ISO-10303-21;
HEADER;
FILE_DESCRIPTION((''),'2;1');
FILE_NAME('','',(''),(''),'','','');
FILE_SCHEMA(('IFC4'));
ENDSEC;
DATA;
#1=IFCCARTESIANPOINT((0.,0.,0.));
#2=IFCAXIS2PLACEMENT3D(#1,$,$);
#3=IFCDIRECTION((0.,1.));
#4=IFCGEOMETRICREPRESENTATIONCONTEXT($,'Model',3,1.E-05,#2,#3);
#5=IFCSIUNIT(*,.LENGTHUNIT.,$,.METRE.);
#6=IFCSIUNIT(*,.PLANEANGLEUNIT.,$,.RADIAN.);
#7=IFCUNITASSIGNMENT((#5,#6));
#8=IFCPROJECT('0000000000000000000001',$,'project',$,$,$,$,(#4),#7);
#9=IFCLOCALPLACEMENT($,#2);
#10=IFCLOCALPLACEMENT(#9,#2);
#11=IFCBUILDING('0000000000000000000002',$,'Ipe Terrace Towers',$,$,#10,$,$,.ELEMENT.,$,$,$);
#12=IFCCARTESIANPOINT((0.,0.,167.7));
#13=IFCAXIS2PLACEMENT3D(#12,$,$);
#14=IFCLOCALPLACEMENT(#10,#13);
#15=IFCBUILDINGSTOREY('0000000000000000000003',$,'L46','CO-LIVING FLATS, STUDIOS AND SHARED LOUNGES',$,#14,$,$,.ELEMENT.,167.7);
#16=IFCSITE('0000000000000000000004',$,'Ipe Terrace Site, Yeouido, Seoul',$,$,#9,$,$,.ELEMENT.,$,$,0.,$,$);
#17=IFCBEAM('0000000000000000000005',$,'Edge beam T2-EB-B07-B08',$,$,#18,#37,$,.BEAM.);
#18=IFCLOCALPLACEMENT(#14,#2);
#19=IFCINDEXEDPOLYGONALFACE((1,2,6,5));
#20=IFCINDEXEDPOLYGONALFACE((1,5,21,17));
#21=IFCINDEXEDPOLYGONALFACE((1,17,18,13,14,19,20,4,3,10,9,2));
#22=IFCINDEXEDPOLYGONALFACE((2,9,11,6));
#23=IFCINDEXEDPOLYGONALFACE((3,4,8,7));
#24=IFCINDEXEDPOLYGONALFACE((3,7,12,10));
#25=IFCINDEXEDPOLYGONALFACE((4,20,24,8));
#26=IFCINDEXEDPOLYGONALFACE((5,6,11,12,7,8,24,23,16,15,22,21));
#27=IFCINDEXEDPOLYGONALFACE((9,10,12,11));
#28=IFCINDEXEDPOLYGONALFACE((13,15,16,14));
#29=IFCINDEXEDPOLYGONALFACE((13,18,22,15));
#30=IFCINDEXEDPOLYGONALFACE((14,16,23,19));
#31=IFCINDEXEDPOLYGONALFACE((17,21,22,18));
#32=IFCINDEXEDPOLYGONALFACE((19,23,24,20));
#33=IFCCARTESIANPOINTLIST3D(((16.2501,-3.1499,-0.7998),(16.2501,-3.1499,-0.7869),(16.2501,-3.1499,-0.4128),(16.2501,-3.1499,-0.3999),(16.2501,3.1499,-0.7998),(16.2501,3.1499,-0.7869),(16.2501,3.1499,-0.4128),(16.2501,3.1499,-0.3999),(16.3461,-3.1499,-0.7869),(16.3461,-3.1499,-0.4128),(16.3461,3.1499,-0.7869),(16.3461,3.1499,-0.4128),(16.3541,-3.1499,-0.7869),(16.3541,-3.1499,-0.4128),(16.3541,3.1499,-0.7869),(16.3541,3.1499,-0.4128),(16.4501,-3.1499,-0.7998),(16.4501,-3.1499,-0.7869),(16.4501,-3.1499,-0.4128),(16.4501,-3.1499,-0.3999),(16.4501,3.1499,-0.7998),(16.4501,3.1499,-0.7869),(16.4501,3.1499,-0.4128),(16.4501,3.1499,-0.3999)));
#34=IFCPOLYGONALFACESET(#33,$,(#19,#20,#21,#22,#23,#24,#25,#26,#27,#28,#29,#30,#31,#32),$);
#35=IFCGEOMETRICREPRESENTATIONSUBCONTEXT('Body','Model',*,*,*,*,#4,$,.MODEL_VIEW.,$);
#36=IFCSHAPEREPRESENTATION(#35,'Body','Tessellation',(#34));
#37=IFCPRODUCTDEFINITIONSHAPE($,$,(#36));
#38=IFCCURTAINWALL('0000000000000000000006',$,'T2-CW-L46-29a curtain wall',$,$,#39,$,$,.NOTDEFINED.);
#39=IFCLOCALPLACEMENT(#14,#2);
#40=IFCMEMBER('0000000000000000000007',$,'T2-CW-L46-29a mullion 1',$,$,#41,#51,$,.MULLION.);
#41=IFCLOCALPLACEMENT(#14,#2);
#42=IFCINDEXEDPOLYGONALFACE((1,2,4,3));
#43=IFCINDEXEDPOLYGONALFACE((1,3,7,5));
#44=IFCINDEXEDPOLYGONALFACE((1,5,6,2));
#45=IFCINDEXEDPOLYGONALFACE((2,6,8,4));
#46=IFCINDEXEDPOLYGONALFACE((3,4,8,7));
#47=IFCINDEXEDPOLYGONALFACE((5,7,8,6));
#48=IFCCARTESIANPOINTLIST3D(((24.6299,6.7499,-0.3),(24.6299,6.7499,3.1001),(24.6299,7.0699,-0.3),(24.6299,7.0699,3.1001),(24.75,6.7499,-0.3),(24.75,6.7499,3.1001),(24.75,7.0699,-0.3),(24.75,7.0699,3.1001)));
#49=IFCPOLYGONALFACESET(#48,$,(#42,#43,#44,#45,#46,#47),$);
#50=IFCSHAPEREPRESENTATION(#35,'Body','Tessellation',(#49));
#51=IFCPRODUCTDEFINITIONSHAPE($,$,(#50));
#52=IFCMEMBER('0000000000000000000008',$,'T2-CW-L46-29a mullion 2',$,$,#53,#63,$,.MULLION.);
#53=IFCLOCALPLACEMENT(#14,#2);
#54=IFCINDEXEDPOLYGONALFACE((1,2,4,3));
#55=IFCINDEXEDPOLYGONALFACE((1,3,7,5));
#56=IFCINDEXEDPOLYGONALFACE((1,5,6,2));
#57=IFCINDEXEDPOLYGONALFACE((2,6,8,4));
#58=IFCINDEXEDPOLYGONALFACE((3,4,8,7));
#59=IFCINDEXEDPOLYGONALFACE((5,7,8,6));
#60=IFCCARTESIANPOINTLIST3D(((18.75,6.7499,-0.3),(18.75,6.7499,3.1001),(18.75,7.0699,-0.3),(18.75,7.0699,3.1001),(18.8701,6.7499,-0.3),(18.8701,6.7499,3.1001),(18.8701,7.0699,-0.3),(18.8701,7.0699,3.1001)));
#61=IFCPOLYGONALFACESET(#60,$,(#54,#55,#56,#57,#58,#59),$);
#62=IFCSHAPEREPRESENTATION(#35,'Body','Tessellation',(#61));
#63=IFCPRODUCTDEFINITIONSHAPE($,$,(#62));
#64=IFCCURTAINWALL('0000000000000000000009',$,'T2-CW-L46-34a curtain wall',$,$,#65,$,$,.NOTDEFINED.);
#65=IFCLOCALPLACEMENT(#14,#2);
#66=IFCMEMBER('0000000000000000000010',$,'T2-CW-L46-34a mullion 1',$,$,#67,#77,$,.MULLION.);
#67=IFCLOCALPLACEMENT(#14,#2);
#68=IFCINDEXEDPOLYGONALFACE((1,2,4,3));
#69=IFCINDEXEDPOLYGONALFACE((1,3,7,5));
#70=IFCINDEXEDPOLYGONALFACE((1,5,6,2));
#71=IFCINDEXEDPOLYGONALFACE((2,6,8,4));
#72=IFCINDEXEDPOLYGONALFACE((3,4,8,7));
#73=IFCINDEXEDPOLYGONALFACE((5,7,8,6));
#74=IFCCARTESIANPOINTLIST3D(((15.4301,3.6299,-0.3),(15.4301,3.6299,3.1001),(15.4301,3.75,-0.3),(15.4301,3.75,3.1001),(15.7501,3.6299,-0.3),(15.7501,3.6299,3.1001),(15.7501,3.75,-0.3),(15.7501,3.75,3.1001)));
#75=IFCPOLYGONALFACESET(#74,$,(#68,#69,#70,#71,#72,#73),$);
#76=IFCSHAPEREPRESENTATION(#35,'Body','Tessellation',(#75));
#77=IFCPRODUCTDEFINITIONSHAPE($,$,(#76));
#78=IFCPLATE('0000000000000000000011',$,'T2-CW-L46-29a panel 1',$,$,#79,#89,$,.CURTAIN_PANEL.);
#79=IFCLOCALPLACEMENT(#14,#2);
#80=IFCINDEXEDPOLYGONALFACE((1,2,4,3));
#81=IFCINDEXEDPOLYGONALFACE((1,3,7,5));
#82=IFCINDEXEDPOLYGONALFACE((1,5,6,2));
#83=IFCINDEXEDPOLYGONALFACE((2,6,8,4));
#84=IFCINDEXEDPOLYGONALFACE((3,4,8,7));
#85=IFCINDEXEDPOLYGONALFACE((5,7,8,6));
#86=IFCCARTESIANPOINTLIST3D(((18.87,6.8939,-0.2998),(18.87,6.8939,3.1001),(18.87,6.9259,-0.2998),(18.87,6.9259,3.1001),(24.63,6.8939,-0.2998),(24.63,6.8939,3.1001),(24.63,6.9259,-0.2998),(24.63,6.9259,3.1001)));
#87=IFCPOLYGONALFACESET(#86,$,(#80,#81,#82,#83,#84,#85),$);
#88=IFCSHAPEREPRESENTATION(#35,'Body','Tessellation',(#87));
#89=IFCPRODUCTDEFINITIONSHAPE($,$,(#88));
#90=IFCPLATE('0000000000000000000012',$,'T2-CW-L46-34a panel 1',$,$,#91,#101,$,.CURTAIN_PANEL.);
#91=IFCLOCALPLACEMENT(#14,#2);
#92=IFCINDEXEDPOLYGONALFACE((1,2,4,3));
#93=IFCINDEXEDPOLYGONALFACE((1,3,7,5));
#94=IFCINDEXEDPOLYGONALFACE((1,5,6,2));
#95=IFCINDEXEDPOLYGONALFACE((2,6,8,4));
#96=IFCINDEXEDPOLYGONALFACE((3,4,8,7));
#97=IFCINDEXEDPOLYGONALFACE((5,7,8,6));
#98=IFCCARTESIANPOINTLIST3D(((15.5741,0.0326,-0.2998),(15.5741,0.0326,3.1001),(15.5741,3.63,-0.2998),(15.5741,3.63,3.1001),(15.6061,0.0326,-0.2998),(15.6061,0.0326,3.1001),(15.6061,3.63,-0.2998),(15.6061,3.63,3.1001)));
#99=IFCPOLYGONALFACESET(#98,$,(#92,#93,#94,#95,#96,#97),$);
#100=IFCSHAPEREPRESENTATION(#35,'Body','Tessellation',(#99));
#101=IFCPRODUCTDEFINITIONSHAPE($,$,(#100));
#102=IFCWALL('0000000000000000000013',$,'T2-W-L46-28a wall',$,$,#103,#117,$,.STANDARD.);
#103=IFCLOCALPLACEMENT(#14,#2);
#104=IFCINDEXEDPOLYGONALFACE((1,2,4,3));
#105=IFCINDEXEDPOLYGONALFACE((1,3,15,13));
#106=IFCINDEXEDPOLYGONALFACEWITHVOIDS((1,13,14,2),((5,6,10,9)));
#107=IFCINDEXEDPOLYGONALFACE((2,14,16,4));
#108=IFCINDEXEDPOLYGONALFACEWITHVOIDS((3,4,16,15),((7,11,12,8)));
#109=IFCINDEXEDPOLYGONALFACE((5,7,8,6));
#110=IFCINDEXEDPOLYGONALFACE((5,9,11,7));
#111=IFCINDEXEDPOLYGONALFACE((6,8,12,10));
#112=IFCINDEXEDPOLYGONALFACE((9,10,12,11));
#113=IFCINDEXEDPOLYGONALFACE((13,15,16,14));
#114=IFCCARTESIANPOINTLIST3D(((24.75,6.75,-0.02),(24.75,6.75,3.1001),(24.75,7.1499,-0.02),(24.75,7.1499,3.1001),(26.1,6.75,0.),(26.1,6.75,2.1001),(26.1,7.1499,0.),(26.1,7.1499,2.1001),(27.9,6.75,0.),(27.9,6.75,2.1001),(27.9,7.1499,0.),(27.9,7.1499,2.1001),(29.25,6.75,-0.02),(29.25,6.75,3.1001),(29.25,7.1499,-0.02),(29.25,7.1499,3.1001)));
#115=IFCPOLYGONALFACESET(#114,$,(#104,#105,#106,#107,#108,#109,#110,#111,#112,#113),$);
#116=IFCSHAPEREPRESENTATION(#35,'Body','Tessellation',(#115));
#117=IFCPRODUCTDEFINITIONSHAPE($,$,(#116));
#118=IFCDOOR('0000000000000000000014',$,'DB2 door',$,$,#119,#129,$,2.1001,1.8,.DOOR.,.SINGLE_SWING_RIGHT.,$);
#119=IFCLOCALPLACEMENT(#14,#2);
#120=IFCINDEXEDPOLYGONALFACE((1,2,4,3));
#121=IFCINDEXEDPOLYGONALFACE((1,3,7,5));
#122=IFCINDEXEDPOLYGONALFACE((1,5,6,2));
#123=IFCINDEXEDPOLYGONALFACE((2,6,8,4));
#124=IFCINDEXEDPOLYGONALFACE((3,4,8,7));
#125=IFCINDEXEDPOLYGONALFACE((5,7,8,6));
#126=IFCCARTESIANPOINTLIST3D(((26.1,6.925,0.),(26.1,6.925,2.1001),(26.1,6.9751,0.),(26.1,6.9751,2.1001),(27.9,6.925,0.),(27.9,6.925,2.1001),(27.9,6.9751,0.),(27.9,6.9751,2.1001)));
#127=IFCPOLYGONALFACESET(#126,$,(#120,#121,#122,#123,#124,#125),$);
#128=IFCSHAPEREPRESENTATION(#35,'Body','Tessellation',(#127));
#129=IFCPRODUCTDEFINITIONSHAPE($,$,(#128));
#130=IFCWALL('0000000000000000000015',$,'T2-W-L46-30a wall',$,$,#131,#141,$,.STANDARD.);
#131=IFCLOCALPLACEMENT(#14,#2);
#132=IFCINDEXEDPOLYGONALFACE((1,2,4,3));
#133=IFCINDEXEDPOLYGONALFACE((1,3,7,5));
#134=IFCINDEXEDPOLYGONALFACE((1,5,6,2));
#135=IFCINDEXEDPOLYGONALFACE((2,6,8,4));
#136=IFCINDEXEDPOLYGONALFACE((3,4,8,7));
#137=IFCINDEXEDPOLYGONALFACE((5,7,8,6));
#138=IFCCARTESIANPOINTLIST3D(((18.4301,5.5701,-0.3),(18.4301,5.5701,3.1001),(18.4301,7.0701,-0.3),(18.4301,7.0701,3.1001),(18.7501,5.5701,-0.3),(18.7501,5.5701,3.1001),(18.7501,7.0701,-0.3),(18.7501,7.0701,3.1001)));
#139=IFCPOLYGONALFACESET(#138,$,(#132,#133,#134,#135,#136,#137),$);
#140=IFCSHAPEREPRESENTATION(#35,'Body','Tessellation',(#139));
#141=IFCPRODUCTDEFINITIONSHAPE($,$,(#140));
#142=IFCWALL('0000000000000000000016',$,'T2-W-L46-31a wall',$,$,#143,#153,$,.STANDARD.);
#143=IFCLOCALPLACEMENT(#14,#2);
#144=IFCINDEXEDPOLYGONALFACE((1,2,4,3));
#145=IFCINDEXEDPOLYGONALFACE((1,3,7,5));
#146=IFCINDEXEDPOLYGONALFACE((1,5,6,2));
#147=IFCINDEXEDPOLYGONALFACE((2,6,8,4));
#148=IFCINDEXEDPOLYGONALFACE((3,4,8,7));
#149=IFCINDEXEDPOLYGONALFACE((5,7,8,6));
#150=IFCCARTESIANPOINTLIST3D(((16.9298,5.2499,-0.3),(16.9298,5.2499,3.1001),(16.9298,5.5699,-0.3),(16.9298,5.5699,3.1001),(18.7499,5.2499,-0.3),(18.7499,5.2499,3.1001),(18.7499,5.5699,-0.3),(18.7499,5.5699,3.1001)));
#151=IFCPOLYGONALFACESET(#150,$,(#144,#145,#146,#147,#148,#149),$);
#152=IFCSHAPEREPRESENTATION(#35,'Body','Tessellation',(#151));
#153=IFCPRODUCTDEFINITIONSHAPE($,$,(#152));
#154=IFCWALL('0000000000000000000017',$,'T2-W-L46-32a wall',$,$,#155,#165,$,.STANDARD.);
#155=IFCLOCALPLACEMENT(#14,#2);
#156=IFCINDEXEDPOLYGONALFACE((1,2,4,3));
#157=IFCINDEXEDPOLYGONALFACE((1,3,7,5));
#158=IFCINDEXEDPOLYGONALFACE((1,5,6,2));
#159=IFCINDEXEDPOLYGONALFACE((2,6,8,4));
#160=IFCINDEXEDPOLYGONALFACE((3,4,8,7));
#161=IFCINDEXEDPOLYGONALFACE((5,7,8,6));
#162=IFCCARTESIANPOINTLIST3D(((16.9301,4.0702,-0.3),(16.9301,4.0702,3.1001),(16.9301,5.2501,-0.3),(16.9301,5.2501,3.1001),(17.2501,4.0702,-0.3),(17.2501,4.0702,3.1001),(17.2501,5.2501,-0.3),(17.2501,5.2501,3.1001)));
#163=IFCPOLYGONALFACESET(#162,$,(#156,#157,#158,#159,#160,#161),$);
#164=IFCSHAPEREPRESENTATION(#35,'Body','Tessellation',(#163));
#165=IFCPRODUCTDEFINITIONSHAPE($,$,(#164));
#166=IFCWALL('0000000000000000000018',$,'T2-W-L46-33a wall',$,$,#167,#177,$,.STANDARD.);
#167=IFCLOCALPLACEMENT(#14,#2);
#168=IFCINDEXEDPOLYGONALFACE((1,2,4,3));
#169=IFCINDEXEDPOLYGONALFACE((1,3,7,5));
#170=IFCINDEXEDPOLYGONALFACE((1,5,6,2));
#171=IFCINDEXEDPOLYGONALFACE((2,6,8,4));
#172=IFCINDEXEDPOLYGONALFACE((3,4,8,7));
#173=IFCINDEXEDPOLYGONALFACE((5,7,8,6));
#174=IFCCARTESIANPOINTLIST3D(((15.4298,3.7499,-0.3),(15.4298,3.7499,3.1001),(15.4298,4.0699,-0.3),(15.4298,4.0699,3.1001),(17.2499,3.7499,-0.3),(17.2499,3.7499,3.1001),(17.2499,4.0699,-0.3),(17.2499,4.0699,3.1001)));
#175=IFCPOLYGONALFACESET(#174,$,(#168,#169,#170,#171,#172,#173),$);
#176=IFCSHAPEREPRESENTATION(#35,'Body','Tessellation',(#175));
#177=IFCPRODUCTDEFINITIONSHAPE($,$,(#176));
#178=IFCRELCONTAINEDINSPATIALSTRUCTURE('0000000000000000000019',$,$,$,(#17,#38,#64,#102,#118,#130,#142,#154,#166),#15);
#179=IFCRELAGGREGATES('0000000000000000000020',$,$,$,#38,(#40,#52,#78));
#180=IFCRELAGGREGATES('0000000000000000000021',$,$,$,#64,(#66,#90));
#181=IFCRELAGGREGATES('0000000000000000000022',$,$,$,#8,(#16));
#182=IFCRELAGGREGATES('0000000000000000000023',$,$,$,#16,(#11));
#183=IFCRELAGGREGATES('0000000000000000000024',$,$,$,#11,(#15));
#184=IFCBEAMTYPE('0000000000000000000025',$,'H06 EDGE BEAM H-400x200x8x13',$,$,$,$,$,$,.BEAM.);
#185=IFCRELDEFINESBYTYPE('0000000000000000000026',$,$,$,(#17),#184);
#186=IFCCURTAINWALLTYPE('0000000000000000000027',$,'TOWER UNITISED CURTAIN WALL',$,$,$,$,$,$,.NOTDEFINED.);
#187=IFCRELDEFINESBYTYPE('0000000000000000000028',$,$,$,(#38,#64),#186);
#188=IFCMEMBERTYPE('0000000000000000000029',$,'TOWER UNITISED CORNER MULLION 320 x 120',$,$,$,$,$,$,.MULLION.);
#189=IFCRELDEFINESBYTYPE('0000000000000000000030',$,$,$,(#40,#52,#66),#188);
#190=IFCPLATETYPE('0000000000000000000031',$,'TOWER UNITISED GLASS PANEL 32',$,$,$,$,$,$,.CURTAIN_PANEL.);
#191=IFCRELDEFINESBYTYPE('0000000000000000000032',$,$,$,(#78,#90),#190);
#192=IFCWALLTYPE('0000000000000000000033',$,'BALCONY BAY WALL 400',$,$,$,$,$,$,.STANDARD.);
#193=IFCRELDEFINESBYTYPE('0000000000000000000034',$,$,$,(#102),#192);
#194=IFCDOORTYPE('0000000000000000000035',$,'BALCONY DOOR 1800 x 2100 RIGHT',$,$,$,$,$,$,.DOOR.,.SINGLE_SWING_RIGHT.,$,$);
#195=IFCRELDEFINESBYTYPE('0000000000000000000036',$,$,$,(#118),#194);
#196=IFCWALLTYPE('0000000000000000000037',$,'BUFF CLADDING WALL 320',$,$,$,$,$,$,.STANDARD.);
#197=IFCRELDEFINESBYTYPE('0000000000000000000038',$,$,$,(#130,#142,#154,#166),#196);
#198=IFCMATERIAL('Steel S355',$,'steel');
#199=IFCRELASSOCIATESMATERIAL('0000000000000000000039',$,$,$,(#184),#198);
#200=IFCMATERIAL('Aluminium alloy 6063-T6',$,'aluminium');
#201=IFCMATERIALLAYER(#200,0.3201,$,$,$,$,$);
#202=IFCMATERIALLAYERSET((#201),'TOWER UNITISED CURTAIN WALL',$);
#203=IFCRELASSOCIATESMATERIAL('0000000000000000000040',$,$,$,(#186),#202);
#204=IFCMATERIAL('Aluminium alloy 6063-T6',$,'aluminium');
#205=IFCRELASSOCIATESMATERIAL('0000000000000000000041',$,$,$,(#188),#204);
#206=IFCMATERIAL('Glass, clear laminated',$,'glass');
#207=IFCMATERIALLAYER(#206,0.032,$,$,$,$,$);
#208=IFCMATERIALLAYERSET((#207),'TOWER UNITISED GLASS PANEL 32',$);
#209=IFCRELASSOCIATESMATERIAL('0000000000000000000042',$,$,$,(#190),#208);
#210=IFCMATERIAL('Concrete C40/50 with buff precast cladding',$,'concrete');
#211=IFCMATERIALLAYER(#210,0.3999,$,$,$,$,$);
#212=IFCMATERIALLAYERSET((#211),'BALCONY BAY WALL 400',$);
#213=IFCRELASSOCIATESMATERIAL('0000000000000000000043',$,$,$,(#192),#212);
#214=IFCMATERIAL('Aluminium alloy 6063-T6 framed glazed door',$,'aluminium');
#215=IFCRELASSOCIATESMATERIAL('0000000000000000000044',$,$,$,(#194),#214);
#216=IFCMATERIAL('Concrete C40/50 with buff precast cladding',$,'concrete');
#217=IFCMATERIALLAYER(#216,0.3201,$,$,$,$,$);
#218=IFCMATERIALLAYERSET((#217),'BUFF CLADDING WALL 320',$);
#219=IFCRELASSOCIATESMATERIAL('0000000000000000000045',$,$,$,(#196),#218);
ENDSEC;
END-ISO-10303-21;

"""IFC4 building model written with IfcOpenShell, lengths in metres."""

from ifc_helpers import new_model, si_unit, direction, frame, frame_2d, origin, origin_2d, place, context, subcontext, project, spatial, rectangle, i_section, extrude, material, layer, layer_set, material_profile, profile_set, type_object, element, fill, aggregate, save


model = new_model("IFC4")

# Units and contexts
model_context = context("Model", 3, precision=1e-05, world=origin(), true_north=direction((0.0, 1.0)))
body_context = subcontext(model_context, "Body", "Model", "MODEL_VIEW")
ifc_project = project(units=[si_unit("LENGTHUNIT", "METRE"), si_unit("PLANEANGLEUNIT", "RADIAN")], contexts=[model_context])

# Site, building, storey
site_placement = place(None, origin())
site = spatial("IfcSite", under=ifc_project, at=site_placement, Name="Ipe Terrace Site, Yeouido, Seoul", CompositionType="ELEMENT", RefElevation=0.0)
building_placement = place(site_placement, origin())
building = spatial("IfcBuilding", under=site, at=building_placement, Name="Ipe Terrace Towers", CompositionType="ELEMENT")
storey_placement = place(building_placement, frame((0.0, 0.0, 167.7)))
storey = spatial("IfcBuildingStorey", under=building, at=storey_placement, Name="L46", Description="CO-LIVING FLATS, STUDIOS AND SHARED LOUNGES", CompositionType="ELEMENT", Elevation=167.7)

# Beam
ifc_material_1 = material(Name="Steel S355", Category="steel")
ifc_material_profile_1 = material_profile(ifc_material_1, i_section(OverallWidth=0.2, OverallDepth=0.3999, WebThickness=0.0081, FlangeThickness=0.0129, at=origin_2d()), Name="H-400x200x8x13")
ifc_profile_set_1 = profile_set([ifc_material_profile_1], Name="Steel S355")
beam_type_1 = type_object("IfcBeamType", Name="H06 EDGE BEAM H-400x200x8x13", PredefinedType="BEAM", material=ifc_profile_set_1)
beam_1_placement = place(storey_placement, frame((16.3501, 3.1499, -0.5999), z_axis=(0.0, -1.0, 0.0), x_axis=(1.0, 0.0, 0.0)))
element("IfcBeam", 1, at=beam_1_placement, inside=storey, type_object=beam_type_1, Name="Edge beam T2-EB-B07-B08", PredefinedType="BEAM", context=body_context, shape_type="SweptSolid", body=[
    extrude(i_section(OverallWidth=0.2, OverallDepth=0.3999, WebThickness=0.0081, FlangeThickness=0.0129, at=origin_2d()), origin(), (0.0, 0.0, 1.0), 6.2998),
])

# Curtain wall, members
ifc_material_2 = material(Name="Aluminium alloy 6063-T6", Category="aluminium")
ifc_layer_1 = layer(ifc_material_2, 0.3201)
ifc_layer_set_1 = layer_set([ifc_layer_1], Name="TOWER UNITISED CURTAIN WALL")
curtain_wall_type = type_object("IfcCurtainWallType", Name="TOWER UNITISED CURTAIN WALL", PredefinedType="NOTDEFINED", material=ifc_layer_set_1)
curtain_wall_1_placement = place(storey_placement, origin())
curtain_wall_1 = element("IfcCurtainWall", 2, at=curtain_wall_1_placement, inside=storey, type_object=curtain_wall_type, Name="T2-CW-L46-29a curtain wall", PredefinedType="NOTDEFINED")
ifc_material_3 = material(Name="Aluminium alloy 6063-T6", Category="aluminium")
ifc_material_profile_2 = material_profile(ifc_material_3, rectangle(XDim=0.3201, YDim=0.1201, at=origin_2d()), Name="TOWER UNITISED CORNER MULLION 320 x 120")
ifc_profile_set_2 = profile_set([ifc_material_profile_2], Name="Aluminium alloy 6063-T6")
member_type = type_object("IfcMemberType", Name="TOWER UNITISED CORNER MULLION 320 x 120", PredefinedType="MULLION", material=ifc_profile_set_2)
member_1_placement = place(storey_placement, frame((24.6899, 6.9099, -0.3), z_axis=(0.0, 0.0, 1.0), x_axis=(0.0, 1.0, 0.0)))
member_1 = element("IfcMember", 3, at=member_1_placement, type_object=member_type, Name="T2-CW-L46-29a mullion 1", PredefinedType="MULLION", context=body_context, shape_type="SweptSolid", body=[
    extrude(rectangle(XDim=0.3201, YDim=0.1201, at=origin_2d()), origin(), (0.0, 0.0, 1.0), 3.4001),
])
member_2_placement = place(storey_placement, frame((18.8101, 6.9099, -0.3), z_axis=(0.0, 0.0, 1.0), x_axis=(0.0, 1.0, 0.0)))
member_2 = element("IfcMember", 4, at=member_2_placement, type_object=member_type, Name="T2-CW-L46-29a mullion 2", PredefinedType="MULLION", context=body_context, shape_type="SweptSolid", body=[
    extrude(rectangle(XDim=0.3201, YDim=0.1201, at=origin_2d()), origin(), (0.0, 0.0, 1.0), 3.4001),
])

# Curtain wall, member
curtain_wall_2_placement = place(storey_placement, origin())
curtain_wall_2 = element("IfcCurtainWall", 5, at=curtain_wall_2_placement, inside=storey, type_object=curtain_wall_type, Name="T2-CW-L46-34a curtain wall", PredefinedType="NOTDEFINED")
member_3_placement = place(storey_placement, frame((15.5901, 3.6899, -0.3), z_axis=(0.0, 0.0, 1.0), x_axis=(-1.0, 0.0, 0.0)))
member_3 = element("IfcMember", 6, at=member_3_placement, type_object=member_type, Name="T2-CW-L46-34a mullion 1", PredefinedType="MULLION", context=body_context, shape_type="SweptSolid", body=[
    extrude(rectangle(XDim=0.3201, YDim=0.1201, at=origin_2d()), origin(), (0.0, 0.0, 1.0), 3.4001),
])

# Plates
ifc_material_4 = material(Name="Glass, clear laminated", Category="glass")
ifc_layer_2 = layer(ifc_material_4, 0.032)
ifc_layer_set_2 = layer_set([ifc_layer_2], Name="TOWER UNITISED GLASS PANEL 32")
plate_type = type_object("IfcPlateType", Name="TOWER UNITISED GLASS PANEL 32", PredefinedType="CURTAIN_PANEL", material=ifc_layer_set_2)
plate_1_placement = place(storey_placement, frame((21.75, 6.9099, -0.2998), z_axis=(0.0, 0.0, 1.0), x_axis=(-1.0, 0.0, 0.0)))
plate_1 = element("IfcPlate", 7, at=plate_1_placement, type_object=plate_type, Name="T2-CW-L46-29a panel 1", PredefinedType="CURTAIN_PANEL", context=body_context, shape_type="SweptSolid", body=[
    extrude(rectangle(XDim=5.76, YDim=0.032, at=origin_2d()), origin(), (0.0, 0.0, 1.0), 3.3999),
])
aggregate(curtain_wall_1, [member_1, member_2, plate_1])
plate_2_placement = place(storey_placement, frame((15.5901, 1.8313, -0.2998), z_axis=(0.0, 0.0, 1.0), x_axis=(0.0, -1.0, 0.0)))
plate_2 = element("IfcPlate", 8, at=plate_2_placement, type_object=plate_type, Name="T2-CW-L46-34a panel 1", PredefinedType="CURTAIN_PANEL", context=body_context, shape_type="SweptSolid", body=[
    extrude(rectangle(XDim=3.5974, YDim=0.032, at=origin_2d()), origin(), (0.0, 0.0, 1.0), 3.3999),
])
aggregate(curtain_wall_2, [member_3, plate_2])

# Wall, opening, door
ifc_material_5 = material(Name="Concrete C40/50 with buff precast cladding", Category="concrete")
ifc_layer_3 = layer(ifc_material_5, 0.3999)
ifc_layer_set_3 = layer_set([ifc_layer_3], Name="BALCONY BAY WALL 400")
wall_type_1 = type_object("IfcWallType", Name="BALCONY BAY WALL 400", PredefinedType="STANDARD", material=ifc_layer_set_3)
wall_1_placement = place(storey_placement, frame((29.25, 6.95, -0.02), z_axis=(0.0, 0.0, 1.0), x_axis=(-1.0, 0.0, 0.0)))
wall_1 = element("IfcWall", 9, at=wall_1_placement, inside=storey, type_object=wall_type_1, Name="T2-W-L46-28a wall", PredefinedType="STANDARD", context=body_context, shape_type="SweptSolid", body=[
    extrude(rectangle(XDim=4.5, YDim=0.3999, at=frame_2d((2.25, 0.0))), origin(), (0.0, 0.0, 1.0), 3.1201),
])
opening_1_placement = place(wall_1_placement, frame((1.3501, 0.0, 0.02)))
opening_1 = element("IfcOpeningElement", 10, at=opening_1_placement, cuts=wall_1, PredefinedType="OPENING", context=body_context, shape_type="SweptSolid", body=[
    extrude(rectangle(XDim=1.8, YDim=2.1001, at=frame_2d((0.8999, 1.05))), frame((0.0, 0.21, 0.0), z_axis=(0.0, -1.0, 0.0), x_axis=(1.0, 0.0, 0.0)), (0.0, 0.0, 1.0), 0.4199),
])
ifc_material_6 = material(Name="Aluminium alloy 6063-T6 framed glazed door", Category="aluminium")
door_type_1 = type_object("IfcDoorType", Name="BALCONY DOOR 1800 x 2100 RIGHT", OperationType="SINGLE_SWING_RIGHT", PredefinedType="DOOR", material=ifc_material_6)
door_1_placement = place(opening_1_placement, origin())
door_1 = element("IfcDoor", 11, at=door_1_placement, inside=storey, type_object=door_type_1, Name="DB2 door", OperationType="SINGLE_SWING_RIGHT", OverallHeight=2.1001, OverallWidth=1.8, PredefinedType="DOOR", context=body_context, shape_type="SweptSolid", body=[
    extrude(rectangle(XDim=1.8, YDim=2.1001, at=frame_2d((0.8999, 1.05))), frame((0.0, 0.0249, 0.0), z_axis=(0.0, -1.0, 0.0), x_axis=(1.0, 0.0, 0.0)), (0.0, 0.0, 1.0), 0.05),
])
fill(opening_1, door_1)

# Walls
ifc_material_7 = material(Name="Concrete C40/50 with buff precast cladding", Category="concrete")
ifc_layer_4 = layer(ifc_material_7, 0.3201)
ifc_layer_set_4 = layer_set([ifc_layer_4], Name="BUFF CLADDING WALL 320")
wall_type_2 = type_object("IfcWallType", Name="BUFF CLADDING WALL 320", PredefinedType="STANDARD", material=ifc_layer_set_4)
wall_2_placement = place(storey_placement, frame((18.5901, 7.0701, -0.3), z_axis=(0.0, 0.0, 1.0), x_axis=(0.0, -1.0, 0.0)))
element("IfcWall", 12, at=wall_2_placement, inside=storey, type_object=wall_type_2, Name="T2-W-L46-30a wall", PredefinedType="STANDARD", context=body_context, shape_type="SweptSolid", body=[
    extrude(rectangle(XDim=1.5, YDim=0.3201, at=frame_2d((0.75, 0.0))), origin(), (0.0, 0.0, 1.0), 3.4001),
])
wall_3_placement = place(storey_placement, frame((18.75, 5.4099, -0.3), z_axis=(0.0, 0.0, 1.0), x_axis=(-1.0, 0.0, 0.0)))
element("IfcWall", 13, at=wall_3_placement, inside=storey, type_object=wall_type_2, Name="T2-W-L46-31a wall", PredefinedType="STANDARD", context=body_context, shape_type="SweptSolid", body=[
    extrude(rectangle(XDim=1.8201, YDim=0.3201, at=frame_2d((0.9102, 0.0))), origin(), (0.0, 0.0, 1.0), 3.4001),
])
wall_4_placement = place(storey_placement, frame((17.0901, 5.25, -0.3), z_axis=(0.0, 0.0, 1.0), x_axis=(0.0, -1.0, 0.0)))
element("IfcWall", 14, at=wall_4_placement, inside=storey, type_object=wall_type_2, Name="T2-W-L46-32a wall", PredefinedType="STANDARD", context=body_context, shape_type="SweptSolid", body=[
    extrude(rectangle(XDim=1.1799, YDim=0.3201, at=frame_2d((0.5898, 0.0))), origin(), (0.0, 0.0, 1.0), 3.4001),
])
wall_5_placement = place(storey_placement, frame((17.25, 3.9099, -0.3), z_axis=(0.0, 0.0, 1.0), x_axis=(-1.0, 0.0, 0.0)))
element("IfcWall", 15, at=wall_5_placement, inside=storey, type_object=wall_type_2, Name="T2-W-L46-33a wall", PredefinedType="STANDARD", context=body_context, shape_type="SweptSolid", body=[
    extrude(rectangle(XDim=1.8201, YDim=0.3201, at=frame_2d((0.9102, 0.0))), origin(), (0.0, 0.0, 1.0), 3.4001),
])

save(model, "model.ifc")
